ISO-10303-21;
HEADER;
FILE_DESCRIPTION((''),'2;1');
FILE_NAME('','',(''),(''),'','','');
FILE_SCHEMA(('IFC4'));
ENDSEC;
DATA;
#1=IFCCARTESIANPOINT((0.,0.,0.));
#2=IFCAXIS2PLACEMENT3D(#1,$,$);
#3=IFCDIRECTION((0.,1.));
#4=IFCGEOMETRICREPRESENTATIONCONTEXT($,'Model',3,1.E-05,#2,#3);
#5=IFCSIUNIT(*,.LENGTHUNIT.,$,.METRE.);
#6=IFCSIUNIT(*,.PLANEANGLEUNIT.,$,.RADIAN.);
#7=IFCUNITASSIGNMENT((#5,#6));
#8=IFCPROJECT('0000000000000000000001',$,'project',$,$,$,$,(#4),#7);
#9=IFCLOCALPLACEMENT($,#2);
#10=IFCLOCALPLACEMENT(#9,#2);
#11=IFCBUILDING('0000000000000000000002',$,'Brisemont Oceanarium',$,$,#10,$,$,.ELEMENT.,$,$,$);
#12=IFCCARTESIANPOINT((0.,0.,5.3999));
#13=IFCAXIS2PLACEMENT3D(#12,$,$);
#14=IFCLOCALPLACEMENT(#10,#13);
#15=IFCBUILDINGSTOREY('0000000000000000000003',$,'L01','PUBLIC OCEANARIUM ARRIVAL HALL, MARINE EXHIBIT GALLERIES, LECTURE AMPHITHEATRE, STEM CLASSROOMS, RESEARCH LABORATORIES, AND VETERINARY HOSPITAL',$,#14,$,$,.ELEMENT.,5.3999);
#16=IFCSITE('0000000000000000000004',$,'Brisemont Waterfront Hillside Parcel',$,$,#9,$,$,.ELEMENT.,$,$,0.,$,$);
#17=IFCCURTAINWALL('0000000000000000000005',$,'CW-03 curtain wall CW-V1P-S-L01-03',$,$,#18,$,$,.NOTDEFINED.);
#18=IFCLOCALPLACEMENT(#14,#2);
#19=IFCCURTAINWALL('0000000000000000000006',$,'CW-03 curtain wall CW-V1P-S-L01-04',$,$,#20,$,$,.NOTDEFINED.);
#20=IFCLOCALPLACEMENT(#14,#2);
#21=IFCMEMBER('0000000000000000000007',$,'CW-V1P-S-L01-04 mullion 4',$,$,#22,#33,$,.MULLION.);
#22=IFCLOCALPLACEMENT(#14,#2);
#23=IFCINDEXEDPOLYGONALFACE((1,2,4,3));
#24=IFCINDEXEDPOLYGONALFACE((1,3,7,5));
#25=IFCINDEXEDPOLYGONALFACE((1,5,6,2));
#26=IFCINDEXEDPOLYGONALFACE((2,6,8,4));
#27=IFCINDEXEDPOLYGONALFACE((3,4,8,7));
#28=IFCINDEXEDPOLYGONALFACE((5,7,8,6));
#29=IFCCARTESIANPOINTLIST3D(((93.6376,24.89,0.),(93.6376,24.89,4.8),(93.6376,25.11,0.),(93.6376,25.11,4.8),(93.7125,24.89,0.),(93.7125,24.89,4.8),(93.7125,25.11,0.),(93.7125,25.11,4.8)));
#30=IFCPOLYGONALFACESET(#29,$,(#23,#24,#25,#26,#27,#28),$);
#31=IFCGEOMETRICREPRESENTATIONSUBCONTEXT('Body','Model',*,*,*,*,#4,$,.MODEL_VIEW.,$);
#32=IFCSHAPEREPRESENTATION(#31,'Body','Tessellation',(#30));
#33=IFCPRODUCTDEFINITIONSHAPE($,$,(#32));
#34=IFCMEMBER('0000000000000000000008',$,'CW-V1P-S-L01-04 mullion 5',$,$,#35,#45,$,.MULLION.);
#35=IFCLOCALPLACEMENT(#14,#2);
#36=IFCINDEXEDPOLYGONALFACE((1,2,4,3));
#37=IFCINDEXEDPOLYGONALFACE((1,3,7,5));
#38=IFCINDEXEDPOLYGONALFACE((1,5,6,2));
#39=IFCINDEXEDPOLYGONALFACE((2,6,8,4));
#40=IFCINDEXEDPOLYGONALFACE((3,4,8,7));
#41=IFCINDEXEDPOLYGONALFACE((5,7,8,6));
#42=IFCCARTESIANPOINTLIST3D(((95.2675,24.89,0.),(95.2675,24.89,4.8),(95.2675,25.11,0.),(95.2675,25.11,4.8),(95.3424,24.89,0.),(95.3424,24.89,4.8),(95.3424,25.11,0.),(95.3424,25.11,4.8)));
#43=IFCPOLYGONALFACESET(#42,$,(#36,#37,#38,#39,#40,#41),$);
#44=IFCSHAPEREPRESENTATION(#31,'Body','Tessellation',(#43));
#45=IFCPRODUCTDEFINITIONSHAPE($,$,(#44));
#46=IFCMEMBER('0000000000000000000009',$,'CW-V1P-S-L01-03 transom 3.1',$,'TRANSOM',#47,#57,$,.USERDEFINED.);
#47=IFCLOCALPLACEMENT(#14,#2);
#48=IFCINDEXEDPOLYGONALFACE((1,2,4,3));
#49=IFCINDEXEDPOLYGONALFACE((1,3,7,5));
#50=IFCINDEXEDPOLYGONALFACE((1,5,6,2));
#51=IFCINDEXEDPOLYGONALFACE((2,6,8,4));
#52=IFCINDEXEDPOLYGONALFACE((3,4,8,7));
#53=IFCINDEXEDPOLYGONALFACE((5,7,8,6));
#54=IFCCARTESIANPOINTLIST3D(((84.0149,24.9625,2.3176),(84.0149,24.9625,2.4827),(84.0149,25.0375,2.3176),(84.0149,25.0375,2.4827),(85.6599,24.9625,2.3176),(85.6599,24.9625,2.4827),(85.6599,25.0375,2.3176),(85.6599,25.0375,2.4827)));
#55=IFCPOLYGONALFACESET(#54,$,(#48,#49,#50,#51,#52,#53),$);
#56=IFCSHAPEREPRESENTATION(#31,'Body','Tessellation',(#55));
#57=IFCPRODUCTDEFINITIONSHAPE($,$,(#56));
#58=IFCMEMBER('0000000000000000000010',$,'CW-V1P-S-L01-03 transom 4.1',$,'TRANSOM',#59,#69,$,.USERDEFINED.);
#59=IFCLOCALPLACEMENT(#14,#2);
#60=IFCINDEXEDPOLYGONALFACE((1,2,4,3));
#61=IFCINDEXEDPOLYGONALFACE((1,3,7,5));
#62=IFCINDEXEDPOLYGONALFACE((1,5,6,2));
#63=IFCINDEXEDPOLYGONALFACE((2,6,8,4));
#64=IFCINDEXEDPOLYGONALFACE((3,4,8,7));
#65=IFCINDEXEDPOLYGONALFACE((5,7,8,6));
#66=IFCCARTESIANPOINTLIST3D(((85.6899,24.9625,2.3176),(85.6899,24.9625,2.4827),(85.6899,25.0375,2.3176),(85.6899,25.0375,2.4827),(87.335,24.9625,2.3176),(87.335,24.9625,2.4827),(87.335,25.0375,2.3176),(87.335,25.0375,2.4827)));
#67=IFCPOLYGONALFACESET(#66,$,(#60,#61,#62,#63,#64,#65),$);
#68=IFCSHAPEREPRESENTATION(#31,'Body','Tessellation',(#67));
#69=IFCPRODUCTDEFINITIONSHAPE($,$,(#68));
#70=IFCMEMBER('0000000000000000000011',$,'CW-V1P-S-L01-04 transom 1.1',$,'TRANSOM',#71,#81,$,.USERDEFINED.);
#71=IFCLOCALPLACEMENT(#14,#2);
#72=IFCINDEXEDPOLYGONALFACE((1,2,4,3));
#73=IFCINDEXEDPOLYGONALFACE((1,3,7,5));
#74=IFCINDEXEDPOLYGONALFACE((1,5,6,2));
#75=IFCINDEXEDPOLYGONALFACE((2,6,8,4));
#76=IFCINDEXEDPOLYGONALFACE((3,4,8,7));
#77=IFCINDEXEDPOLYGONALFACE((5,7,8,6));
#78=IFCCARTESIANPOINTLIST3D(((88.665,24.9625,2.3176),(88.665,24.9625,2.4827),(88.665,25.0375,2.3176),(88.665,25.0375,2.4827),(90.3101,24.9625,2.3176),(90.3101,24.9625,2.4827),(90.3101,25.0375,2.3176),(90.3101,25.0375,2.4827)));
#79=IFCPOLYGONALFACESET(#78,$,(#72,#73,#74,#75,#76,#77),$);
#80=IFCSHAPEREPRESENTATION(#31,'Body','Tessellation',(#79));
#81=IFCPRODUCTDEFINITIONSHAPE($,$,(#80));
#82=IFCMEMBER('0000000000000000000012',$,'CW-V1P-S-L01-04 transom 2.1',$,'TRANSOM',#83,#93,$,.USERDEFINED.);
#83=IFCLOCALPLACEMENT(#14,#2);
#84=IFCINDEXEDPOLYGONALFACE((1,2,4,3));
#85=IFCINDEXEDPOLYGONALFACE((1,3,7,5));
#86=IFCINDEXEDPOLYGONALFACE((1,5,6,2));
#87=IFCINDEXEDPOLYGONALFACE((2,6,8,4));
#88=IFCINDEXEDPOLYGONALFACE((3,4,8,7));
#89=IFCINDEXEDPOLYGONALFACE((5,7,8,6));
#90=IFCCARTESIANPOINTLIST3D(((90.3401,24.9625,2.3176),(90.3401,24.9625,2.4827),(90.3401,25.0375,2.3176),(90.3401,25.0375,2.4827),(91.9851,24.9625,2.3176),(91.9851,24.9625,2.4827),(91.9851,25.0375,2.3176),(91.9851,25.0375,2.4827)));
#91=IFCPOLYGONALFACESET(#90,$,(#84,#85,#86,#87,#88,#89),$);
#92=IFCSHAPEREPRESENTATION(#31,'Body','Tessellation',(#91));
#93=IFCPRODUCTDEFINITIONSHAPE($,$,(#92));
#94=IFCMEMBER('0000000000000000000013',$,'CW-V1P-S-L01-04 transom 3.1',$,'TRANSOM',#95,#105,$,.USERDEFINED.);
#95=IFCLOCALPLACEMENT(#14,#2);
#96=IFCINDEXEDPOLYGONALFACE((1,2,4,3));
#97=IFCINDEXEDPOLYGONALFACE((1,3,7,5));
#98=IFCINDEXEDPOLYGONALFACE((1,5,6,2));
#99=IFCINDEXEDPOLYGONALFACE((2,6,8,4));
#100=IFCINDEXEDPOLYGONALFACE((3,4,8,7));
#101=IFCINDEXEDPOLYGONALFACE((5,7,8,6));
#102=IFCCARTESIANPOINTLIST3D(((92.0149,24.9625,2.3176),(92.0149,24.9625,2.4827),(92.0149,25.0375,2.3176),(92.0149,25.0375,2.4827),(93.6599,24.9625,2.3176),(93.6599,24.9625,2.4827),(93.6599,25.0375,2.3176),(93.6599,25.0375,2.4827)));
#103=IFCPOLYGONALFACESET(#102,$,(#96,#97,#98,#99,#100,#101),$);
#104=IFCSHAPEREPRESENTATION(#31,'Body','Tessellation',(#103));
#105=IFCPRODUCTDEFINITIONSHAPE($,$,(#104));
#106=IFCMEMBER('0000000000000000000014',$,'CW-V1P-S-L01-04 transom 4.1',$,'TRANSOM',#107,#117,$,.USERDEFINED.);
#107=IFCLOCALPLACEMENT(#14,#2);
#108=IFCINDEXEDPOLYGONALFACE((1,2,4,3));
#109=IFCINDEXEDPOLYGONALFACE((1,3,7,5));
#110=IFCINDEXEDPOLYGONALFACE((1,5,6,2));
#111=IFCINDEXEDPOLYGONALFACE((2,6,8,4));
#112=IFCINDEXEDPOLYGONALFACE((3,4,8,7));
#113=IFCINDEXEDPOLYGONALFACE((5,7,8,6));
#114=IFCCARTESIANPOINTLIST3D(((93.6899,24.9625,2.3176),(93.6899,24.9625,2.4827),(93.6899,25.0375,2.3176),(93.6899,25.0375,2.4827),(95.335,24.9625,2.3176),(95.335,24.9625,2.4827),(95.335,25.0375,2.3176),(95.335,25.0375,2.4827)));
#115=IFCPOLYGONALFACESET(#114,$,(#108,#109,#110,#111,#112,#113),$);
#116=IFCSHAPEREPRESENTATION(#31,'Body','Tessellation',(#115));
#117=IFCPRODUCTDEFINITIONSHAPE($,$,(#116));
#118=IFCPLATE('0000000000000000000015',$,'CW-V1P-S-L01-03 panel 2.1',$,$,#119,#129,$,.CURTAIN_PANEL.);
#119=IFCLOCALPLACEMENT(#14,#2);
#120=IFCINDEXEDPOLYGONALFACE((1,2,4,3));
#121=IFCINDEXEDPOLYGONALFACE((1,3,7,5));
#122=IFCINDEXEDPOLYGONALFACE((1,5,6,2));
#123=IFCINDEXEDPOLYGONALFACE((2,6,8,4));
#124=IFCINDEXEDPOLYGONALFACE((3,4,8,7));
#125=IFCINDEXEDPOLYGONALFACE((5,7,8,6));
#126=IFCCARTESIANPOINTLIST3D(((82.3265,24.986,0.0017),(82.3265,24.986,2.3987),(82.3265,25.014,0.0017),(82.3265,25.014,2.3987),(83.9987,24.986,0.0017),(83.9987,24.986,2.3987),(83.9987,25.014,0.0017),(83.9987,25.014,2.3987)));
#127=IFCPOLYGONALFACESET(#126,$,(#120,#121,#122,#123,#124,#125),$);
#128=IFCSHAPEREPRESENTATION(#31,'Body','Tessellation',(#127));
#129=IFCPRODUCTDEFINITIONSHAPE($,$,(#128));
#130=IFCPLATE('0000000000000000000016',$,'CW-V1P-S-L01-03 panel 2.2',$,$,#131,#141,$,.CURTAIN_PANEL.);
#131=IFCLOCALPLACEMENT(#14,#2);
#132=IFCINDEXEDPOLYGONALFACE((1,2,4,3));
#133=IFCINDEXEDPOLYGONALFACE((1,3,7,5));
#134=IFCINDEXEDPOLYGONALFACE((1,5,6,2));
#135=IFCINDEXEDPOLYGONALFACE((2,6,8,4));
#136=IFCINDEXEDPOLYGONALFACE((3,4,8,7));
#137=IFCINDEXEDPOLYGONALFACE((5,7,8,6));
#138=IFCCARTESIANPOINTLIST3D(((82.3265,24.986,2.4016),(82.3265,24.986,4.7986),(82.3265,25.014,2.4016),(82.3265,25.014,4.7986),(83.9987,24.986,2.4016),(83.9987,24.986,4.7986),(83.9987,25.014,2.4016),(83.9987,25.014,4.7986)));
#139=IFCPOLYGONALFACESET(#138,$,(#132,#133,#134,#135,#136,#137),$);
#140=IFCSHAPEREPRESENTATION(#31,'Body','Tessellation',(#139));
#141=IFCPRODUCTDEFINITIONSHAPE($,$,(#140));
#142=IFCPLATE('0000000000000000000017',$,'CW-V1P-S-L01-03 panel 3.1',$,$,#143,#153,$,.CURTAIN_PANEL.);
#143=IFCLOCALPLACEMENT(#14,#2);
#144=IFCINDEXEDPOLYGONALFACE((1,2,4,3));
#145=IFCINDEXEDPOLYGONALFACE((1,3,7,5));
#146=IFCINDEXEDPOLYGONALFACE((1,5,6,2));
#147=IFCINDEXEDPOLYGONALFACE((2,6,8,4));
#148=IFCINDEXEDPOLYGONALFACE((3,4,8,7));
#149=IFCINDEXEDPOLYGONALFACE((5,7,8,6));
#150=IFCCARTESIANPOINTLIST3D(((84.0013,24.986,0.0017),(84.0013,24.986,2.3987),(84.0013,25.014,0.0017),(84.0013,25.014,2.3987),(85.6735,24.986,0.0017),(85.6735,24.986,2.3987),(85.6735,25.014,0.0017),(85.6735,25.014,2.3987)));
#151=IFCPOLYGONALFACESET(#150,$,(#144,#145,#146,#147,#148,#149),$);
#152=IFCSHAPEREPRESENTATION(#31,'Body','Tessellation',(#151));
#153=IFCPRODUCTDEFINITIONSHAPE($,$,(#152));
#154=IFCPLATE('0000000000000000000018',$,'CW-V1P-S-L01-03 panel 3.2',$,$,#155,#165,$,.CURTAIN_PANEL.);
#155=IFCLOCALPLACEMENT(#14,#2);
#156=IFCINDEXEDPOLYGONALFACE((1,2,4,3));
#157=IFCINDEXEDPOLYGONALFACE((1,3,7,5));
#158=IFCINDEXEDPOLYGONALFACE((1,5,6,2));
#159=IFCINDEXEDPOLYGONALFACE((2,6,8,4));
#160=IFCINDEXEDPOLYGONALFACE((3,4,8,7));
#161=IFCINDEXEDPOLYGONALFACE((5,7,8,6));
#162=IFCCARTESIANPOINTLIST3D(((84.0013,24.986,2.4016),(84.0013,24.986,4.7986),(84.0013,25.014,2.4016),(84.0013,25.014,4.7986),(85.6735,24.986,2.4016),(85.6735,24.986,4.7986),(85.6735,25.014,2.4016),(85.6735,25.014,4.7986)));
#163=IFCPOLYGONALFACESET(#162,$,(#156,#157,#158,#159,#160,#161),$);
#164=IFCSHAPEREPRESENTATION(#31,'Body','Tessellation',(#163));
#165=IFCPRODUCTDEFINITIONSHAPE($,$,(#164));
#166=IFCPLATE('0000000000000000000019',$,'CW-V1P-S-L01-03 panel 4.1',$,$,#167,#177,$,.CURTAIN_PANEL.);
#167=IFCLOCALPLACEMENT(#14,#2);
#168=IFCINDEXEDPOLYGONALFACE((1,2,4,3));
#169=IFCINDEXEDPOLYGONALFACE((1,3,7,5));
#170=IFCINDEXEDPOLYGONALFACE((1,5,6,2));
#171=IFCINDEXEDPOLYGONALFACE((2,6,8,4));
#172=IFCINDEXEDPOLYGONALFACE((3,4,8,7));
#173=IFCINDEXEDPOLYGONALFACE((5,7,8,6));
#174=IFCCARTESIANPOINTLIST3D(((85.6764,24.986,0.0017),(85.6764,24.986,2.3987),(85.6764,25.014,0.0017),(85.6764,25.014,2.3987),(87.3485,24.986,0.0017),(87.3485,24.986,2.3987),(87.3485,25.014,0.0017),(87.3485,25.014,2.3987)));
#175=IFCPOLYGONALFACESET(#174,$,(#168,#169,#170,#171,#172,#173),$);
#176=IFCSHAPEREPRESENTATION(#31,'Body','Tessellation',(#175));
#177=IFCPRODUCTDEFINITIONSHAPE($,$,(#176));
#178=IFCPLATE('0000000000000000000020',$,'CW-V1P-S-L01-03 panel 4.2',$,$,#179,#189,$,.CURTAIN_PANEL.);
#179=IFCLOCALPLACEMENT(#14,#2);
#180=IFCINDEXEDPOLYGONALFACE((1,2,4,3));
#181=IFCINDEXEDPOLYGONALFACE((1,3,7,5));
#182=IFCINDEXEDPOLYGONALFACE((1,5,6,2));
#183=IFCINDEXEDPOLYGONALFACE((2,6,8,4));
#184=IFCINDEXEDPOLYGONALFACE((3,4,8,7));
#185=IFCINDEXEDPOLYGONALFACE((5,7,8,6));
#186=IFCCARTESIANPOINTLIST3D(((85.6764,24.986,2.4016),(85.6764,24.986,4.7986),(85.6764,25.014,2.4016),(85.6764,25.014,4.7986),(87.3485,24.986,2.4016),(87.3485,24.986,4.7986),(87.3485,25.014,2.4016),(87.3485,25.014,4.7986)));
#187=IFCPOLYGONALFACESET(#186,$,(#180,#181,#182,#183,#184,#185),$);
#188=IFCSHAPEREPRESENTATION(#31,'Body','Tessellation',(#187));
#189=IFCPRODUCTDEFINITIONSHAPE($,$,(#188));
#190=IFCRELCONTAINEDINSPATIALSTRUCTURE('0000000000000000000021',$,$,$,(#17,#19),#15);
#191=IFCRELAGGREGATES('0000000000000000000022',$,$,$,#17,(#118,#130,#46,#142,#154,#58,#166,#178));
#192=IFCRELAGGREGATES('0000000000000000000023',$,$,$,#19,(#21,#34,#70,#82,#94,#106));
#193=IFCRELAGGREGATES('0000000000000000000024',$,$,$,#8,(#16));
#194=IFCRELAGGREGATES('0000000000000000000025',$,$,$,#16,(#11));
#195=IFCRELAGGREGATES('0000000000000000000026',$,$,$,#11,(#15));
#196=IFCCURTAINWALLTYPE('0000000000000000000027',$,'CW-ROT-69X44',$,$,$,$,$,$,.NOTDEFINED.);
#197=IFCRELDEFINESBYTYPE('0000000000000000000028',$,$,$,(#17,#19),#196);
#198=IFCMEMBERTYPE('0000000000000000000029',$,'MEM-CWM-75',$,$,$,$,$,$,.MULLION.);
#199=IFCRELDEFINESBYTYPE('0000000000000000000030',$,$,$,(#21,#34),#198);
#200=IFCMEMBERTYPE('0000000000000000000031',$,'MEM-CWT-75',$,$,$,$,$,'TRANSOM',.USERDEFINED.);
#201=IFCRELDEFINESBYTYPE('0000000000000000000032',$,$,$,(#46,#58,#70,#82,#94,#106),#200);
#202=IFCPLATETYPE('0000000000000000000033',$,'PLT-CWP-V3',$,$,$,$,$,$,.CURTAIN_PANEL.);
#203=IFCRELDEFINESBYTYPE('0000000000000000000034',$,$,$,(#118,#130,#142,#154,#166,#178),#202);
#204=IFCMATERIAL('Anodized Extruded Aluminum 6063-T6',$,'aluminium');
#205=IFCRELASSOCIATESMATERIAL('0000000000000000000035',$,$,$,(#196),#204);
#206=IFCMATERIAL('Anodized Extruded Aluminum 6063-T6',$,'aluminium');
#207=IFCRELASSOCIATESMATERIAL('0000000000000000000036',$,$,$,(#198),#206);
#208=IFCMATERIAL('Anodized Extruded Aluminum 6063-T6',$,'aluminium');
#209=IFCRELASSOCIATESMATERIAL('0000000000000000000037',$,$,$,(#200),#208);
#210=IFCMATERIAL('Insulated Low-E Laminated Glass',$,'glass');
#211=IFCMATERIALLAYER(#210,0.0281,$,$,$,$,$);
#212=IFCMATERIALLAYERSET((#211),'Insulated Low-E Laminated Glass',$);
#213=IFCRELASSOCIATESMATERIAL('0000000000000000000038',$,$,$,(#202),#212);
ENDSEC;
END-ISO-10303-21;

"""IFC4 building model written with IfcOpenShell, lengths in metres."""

from ifc_helpers import new_model, si_unit, direction, frame, origin, origin_2d, place, context, subcontext, project, spatial, rectangle, extrude, material, layer, layer_set, material_profile, profile_set, type_object, element, aggregate, save


model = new_model("IFC4")

# Units and contexts
model_context = context("Model", 3, precision=1e-05, world=origin(), true_north=direction((0.0, 1.0)))
body_context = subcontext(model_context, "Body", "Model", "MODEL_VIEW")
ifc_project = project(units=[si_unit("LENGTHUNIT", "METRE"), si_unit("PLANEANGLEUNIT", "RADIAN")], contexts=[model_context])

# Site, building, storey
site_placement = place(None, origin())
site = spatial("IfcSite", under=ifc_project, at=site_placement, Name="Brisemont Waterfront Hillside Parcel", CompositionType="ELEMENT", RefElevation=0.0)
building_placement = place(site_placement, origin())
building = spatial("IfcBuilding", under=site, at=building_placement, Name="Brisemont Oceanarium", CompositionType="ELEMENT")
storey_placement = place(building_placement, frame((0.0, 0.0, 5.3999)))
storey = spatial("IfcBuildingStorey", under=building, at=storey_placement, Name="L01", Description="PUBLIC OCEANARIUM ARRIVAL HALL, MARINE EXHIBIT GALLERIES, LECTURE AMPHITHEATRE, STEM CLASSROOMS, RESEARCH LABORATORIES, AND VETERINARY HOSPITAL", CompositionType="ELEMENT", Elevation=5.3999)

# Curtain walls, members
ifc_material_1 = material(Name="Anodized Extruded Aluminum 6063-T6", Category="aluminium")
curtain_wall_type = type_object("IfcCurtainWallType", Name="CW-ROT-69X44", PredefinedType="NOTDEFINED", material=ifc_material_1)
curtain_wall_1_placement = place(storey_placement, origin())
curtain_wall_1 = element("IfcCurtainWall", 1, at=curtain_wall_1_placement, inside=storey, type_object=curtain_wall_type, Name="CW-03 curtain wall CW-V1P-S-L01-03", PredefinedType="NOTDEFINED")
ifc_material_2 = material(Name="Anodized Extruded Aluminum 6063-T6", Category="aluminium")
ifc_material_profile_1 = material_profile(ifc_material_2, rectangle(XDim=0.075, YDim=0.22, at=origin_2d()), Name="CWM-75X220")
ifc_profile_set_1 = profile_set([ifc_material_profile_1], Name="Anodized Extruded Aluminum 6063-T6")
member_type_1 = type_object("IfcMemberType", Name="MEM-CWM-75", PredefinedType="MULLION", material=ifc_profile_set_1)
curtain_wall_2_placement = place(storey_placement, origin())
curtain_wall_2 = element("IfcCurtainWall", 2, at=curtain_wall_2_placement, inside=storey, type_object=curtain_wall_type, Name="CW-03 curtain wall CW-V1P-S-L01-04", PredefinedType="NOTDEFINED")
member_1_placement = place(storey_placement, frame((93.675, 25.0, 0.0), z_axis=(0.0, 0.0, 1.0), x_axis=(1.0, 0.0, 0.0)))
member_1 = element("IfcMember", 3, at=member_1_placement, type_object=member_type_1, Name="CW-V1P-S-L01-04 mullion 4", PredefinedType="MULLION", context=body_context, shape_type="SweptSolid", body=[
    extrude(rectangle(XDim=0.075, YDim=0.22, at=origin_2d()), origin(), (0.0, 0.0, 1.0), 4.8),
])
member_2_placement = place(storey_placement, frame((95.3049, 25.0, 0.0), z_axis=(0.0, 0.0, 1.0), x_axis=(1.0, 0.0, 0.0)))
member_2 = element("IfcMember", 4, at=member_2_placement, type_object=member_type_1, Name="CW-V1P-S-L01-04 mullion 5", PredefinedType="MULLION", context=body_context, shape_type="SweptSolid", body=[
    extrude(rectangle(XDim=0.075, YDim=0.22, at=origin_2d()), origin(), (0.0, 0.0, 1.0), 4.8),
])

# Members
ifc_material_3 = material(Name="Anodized Extruded Aluminum 6063-T6", Category="aluminium")
ifc_material_profile_2 = material_profile(ifc_material_3, rectangle(XDim=0.075, YDim=0.165, at=origin_2d()), Name="CWT-75X165")
ifc_profile_set_2 = profile_set([ifc_material_profile_2], Name="Anodized Extruded Aluminum 6063-T6")
member_type_2 = type_object("IfcMemberType", Name="MEM-CWT-75", ElementType="TRANSOM", PredefinedType="USERDEFINED", material=ifc_profile_set_2)
member_3_placement = place(storey_placement, frame((84.0149, 25.0, 2.4001), z_axis=(1.0, 0.0, 0.0), x_axis=(0.0, 1.0, 0.0)))
member_3 = element("IfcMember", 5, at=member_3_placement, type_object=member_type_2, Name="CW-V1P-S-L01-03 transom 3.1", ObjectType="TRANSOM", PredefinedType="USERDEFINED", context=body_context, shape_type="SweptSolid", body=[
    extrude(rectangle(XDim=0.075, YDim=0.165, at=origin_2d()), origin(), (0.0, 0.0, 1.0), 1.645),
])
member_4_placement = place(storey_placement, frame((85.6899, 25.0, 2.4001), z_axis=(1.0, 0.0, 0.0), x_axis=(0.0, 1.0, 0.0)))
member_4 = element("IfcMember", 6, at=member_4_placement, type_object=member_type_2, Name="CW-V1P-S-L01-03 transom 4.1", ObjectType="TRANSOM", PredefinedType="USERDEFINED", context=body_context, shape_type="SweptSolid", body=[
    extrude(rectangle(XDim=0.075, YDim=0.165, at=origin_2d()), origin(), (0.0, 0.0, 1.0), 1.645),
])
member_5_placement = place(storey_placement, frame((88.665, 25.0, 2.4001), z_axis=(1.0, 0.0, 0.0), x_axis=(0.0, 1.0, 0.0)))
member_5 = element("IfcMember", 7, at=member_5_placement, type_object=member_type_2, Name="CW-V1P-S-L01-04 transom 1.1", ObjectType="TRANSOM", PredefinedType="USERDEFINED", context=body_context, shape_type="SweptSolid", body=[
    extrude(rectangle(XDim=0.075, YDim=0.165, at=origin_2d()), origin(), (0.0, 0.0, 1.0), 1.645),
])
member_6_placement = place(storey_placement, frame((90.3401, 25.0, 2.4001), z_axis=(1.0, 0.0, 0.0), x_axis=(0.0, 1.0, 0.0)))
member_6 = element("IfcMember", 8, at=member_6_placement, type_object=member_type_2, Name="CW-V1P-S-L01-04 transom 2.1", ObjectType="TRANSOM", PredefinedType="USERDEFINED", context=body_context, shape_type="SweptSolid", body=[
    extrude(rectangle(XDim=0.075, YDim=0.165, at=origin_2d()), origin(), (0.0, 0.0, 1.0), 1.645),
])
member_7_placement = place(storey_placement, frame((92.0149, 25.0, 2.4001), z_axis=(1.0, 0.0, 0.0), x_axis=(0.0, 1.0, 0.0)))
member_7 = element("IfcMember", 9, at=member_7_placement, type_object=member_type_2, Name="CW-V1P-S-L01-04 transom 3.1", ObjectType="TRANSOM", PredefinedType="USERDEFINED", context=body_context, shape_type="SweptSolid", body=[
    extrude(rectangle(XDim=0.075, YDim=0.165, at=origin_2d()), origin(), (0.0, 0.0, 1.0), 1.645),
])
member_8_placement = place(storey_placement, frame((93.6899, 25.0, 2.4001), z_axis=(1.0, 0.0, 0.0), x_axis=(0.0, 1.0, 0.0)))
member_8 = element("IfcMember", 10, at=member_8_placement, type_object=member_type_2, Name="CW-V1P-S-L01-04 transom 4.1", ObjectType="TRANSOM", PredefinedType="USERDEFINED", context=body_context, shape_type="SweptSolid", body=[
    extrude(rectangle(XDim=0.075, YDim=0.165, at=origin_2d()), origin(), (0.0, 0.0, 1.0), 1.645),
])

# Plates
ifc_material_4 = material(Name="Insulated Low-E Laminated Glass", Category="glass")
ifc_layer = layer(ifc_material_4, 0.0281)
ifc_layer_set = layer_set([ifc_layer], Name="Insulated Low-E Laminated Glass")
plate_type = type_object("IfcPlateType", Name="PLT-CWP-V3", PredefinedType="CURTAIN_PANEL", material=ifc_layer_set)
plate_1_placement = place(storey_placement, frame((83.1626, 25.0, 0.0017), z_axis=(0.0, 0.0, 1.0), x_axis=(1.0, 0.0, 0.0)))
plate_1 = element("IfcPlate", 11, at=plate_1_placement, type_object=plate_type, Name="CW-V1P-S-L01-03 panel 2.1", PredefinedType="CURTAIN_PANEL", context=body_context, shape_type="SweptSolid", body=[
    extrude(rectangle(XDim=1.6721, YDim=0.0281, at=origin_2d()), origin(), (0.0, 0.0, 1.0), 2.397),
])
plate_2_placement = place(storey_placement, frame((83.1626, 25.0, 2.4016), z_axis=(0.0, 0.0, 1.0), x_axis=(1.0, 0.0, 0.0)))
plate_2 = element("IfcPlate", 12, at=plate_2_placement, type_object=plate_type, Name="CW-V1P-S-L01-03 panel 2.2", PredefinedType="CURTAIN_PANEL", context=body_context, shape_type="SweptSolid", body=[
    extrude(rectangle(XDim=1.6721, YDim=0.0281, at=origin_2d()), origin(), (0.0, 0.0, 1.0), 2.397),
])
plate_3_placement = place(storey_placement, frame((84.8374, 25.0, 0.0017), z_axis=(0.0, 0.0, 1.0), x_axis=(1.0, 0.0, 0.0)))
plate_3 = element("IfcPlate", 13, at=plate_3_placement, type_object=plate_type, Name="CW-V1P-S-L01-03 panel 3.1", PredefinedType="CURTAIN_PANEL", context=body_context, shape_type="SweptSolid", body=[
    extrude(rectangle(XDim=1.6721, YDim=0.0281, at=origin_2d()), origin(), (0.0, 0.0, 1.0), 2.397),
])
plate_4_placement = place(storey_placement, frame((84.8374, 25.0, 2.4016), z_axis=(0.0, 0.0, 1.0), x_axis=(1.0, 0.0, 0.0)))
plate_4 = element("IfcPlate", 14, at=plate_4_placement, type_object=plate_type, Name="CW-V1P-S-L01-03 panel 3.2", PredefinedType="CURTAIN_PANEL", context=body_context, shape_type="SweptSolid", body=[
    extrude(rectangle(XDim=1.6721, YDim=0.0281, at=origin_2d()), origin(), (0.0, 0.0, 1.0), 2.397),
])
plate_5_placement = place(storey_placement, frame((86.5125, 25.0, 0.0017), z_axis=(0.0, 0.0, 1.0), x_axis=(1.0, 0.0, 0.0)))
plate_5 = element("IfcPlate", 15, at=plate_5_placement, type_object=plate_type, Name="CW-V1P-S-L01-03 panel 4.1", PredefinedType="CURTAIN_PANEL", context=body_context, shape_type="SweptSolid", body=[
    extrude(rectangle(XDim=1.6721, YDim=0.0281, at=origin_2d()), origin(), (0.0, 0.0, 1.0), 2.397),
])
plate_6_placement = place(storey_placement, frame((86.5125, 25.0, 2.4016), z_axis=(0.0, 0.0, 1.0), x_axis=(1.0, 0.0, 0.0)))
plate_6 = element("IfcPlate", 16, at=plate_6_placement, type_object=plate_type, Name="CW-V1P-S-L01-03 panel 4.2", PredefinedType="CURTAIN_PANEL", context=body_context, shape_type="SweptSolid", body=[
    extrude(rectangle(XDim=1.6721, YDim=0.0281, at=origin_2d()), origin(), (0.0, 0.0, 1.0), 2.397),
])
aggregate(curtain_wall_1, [plate_1, plate_2, member_3, plate_3, plate_4, member_4, plate_5, plate_6])
aggregate(curtain_wall_2, [member_1, member_2, member_5, member_6, member_7, member_8])

save(model, "model.ifc")
